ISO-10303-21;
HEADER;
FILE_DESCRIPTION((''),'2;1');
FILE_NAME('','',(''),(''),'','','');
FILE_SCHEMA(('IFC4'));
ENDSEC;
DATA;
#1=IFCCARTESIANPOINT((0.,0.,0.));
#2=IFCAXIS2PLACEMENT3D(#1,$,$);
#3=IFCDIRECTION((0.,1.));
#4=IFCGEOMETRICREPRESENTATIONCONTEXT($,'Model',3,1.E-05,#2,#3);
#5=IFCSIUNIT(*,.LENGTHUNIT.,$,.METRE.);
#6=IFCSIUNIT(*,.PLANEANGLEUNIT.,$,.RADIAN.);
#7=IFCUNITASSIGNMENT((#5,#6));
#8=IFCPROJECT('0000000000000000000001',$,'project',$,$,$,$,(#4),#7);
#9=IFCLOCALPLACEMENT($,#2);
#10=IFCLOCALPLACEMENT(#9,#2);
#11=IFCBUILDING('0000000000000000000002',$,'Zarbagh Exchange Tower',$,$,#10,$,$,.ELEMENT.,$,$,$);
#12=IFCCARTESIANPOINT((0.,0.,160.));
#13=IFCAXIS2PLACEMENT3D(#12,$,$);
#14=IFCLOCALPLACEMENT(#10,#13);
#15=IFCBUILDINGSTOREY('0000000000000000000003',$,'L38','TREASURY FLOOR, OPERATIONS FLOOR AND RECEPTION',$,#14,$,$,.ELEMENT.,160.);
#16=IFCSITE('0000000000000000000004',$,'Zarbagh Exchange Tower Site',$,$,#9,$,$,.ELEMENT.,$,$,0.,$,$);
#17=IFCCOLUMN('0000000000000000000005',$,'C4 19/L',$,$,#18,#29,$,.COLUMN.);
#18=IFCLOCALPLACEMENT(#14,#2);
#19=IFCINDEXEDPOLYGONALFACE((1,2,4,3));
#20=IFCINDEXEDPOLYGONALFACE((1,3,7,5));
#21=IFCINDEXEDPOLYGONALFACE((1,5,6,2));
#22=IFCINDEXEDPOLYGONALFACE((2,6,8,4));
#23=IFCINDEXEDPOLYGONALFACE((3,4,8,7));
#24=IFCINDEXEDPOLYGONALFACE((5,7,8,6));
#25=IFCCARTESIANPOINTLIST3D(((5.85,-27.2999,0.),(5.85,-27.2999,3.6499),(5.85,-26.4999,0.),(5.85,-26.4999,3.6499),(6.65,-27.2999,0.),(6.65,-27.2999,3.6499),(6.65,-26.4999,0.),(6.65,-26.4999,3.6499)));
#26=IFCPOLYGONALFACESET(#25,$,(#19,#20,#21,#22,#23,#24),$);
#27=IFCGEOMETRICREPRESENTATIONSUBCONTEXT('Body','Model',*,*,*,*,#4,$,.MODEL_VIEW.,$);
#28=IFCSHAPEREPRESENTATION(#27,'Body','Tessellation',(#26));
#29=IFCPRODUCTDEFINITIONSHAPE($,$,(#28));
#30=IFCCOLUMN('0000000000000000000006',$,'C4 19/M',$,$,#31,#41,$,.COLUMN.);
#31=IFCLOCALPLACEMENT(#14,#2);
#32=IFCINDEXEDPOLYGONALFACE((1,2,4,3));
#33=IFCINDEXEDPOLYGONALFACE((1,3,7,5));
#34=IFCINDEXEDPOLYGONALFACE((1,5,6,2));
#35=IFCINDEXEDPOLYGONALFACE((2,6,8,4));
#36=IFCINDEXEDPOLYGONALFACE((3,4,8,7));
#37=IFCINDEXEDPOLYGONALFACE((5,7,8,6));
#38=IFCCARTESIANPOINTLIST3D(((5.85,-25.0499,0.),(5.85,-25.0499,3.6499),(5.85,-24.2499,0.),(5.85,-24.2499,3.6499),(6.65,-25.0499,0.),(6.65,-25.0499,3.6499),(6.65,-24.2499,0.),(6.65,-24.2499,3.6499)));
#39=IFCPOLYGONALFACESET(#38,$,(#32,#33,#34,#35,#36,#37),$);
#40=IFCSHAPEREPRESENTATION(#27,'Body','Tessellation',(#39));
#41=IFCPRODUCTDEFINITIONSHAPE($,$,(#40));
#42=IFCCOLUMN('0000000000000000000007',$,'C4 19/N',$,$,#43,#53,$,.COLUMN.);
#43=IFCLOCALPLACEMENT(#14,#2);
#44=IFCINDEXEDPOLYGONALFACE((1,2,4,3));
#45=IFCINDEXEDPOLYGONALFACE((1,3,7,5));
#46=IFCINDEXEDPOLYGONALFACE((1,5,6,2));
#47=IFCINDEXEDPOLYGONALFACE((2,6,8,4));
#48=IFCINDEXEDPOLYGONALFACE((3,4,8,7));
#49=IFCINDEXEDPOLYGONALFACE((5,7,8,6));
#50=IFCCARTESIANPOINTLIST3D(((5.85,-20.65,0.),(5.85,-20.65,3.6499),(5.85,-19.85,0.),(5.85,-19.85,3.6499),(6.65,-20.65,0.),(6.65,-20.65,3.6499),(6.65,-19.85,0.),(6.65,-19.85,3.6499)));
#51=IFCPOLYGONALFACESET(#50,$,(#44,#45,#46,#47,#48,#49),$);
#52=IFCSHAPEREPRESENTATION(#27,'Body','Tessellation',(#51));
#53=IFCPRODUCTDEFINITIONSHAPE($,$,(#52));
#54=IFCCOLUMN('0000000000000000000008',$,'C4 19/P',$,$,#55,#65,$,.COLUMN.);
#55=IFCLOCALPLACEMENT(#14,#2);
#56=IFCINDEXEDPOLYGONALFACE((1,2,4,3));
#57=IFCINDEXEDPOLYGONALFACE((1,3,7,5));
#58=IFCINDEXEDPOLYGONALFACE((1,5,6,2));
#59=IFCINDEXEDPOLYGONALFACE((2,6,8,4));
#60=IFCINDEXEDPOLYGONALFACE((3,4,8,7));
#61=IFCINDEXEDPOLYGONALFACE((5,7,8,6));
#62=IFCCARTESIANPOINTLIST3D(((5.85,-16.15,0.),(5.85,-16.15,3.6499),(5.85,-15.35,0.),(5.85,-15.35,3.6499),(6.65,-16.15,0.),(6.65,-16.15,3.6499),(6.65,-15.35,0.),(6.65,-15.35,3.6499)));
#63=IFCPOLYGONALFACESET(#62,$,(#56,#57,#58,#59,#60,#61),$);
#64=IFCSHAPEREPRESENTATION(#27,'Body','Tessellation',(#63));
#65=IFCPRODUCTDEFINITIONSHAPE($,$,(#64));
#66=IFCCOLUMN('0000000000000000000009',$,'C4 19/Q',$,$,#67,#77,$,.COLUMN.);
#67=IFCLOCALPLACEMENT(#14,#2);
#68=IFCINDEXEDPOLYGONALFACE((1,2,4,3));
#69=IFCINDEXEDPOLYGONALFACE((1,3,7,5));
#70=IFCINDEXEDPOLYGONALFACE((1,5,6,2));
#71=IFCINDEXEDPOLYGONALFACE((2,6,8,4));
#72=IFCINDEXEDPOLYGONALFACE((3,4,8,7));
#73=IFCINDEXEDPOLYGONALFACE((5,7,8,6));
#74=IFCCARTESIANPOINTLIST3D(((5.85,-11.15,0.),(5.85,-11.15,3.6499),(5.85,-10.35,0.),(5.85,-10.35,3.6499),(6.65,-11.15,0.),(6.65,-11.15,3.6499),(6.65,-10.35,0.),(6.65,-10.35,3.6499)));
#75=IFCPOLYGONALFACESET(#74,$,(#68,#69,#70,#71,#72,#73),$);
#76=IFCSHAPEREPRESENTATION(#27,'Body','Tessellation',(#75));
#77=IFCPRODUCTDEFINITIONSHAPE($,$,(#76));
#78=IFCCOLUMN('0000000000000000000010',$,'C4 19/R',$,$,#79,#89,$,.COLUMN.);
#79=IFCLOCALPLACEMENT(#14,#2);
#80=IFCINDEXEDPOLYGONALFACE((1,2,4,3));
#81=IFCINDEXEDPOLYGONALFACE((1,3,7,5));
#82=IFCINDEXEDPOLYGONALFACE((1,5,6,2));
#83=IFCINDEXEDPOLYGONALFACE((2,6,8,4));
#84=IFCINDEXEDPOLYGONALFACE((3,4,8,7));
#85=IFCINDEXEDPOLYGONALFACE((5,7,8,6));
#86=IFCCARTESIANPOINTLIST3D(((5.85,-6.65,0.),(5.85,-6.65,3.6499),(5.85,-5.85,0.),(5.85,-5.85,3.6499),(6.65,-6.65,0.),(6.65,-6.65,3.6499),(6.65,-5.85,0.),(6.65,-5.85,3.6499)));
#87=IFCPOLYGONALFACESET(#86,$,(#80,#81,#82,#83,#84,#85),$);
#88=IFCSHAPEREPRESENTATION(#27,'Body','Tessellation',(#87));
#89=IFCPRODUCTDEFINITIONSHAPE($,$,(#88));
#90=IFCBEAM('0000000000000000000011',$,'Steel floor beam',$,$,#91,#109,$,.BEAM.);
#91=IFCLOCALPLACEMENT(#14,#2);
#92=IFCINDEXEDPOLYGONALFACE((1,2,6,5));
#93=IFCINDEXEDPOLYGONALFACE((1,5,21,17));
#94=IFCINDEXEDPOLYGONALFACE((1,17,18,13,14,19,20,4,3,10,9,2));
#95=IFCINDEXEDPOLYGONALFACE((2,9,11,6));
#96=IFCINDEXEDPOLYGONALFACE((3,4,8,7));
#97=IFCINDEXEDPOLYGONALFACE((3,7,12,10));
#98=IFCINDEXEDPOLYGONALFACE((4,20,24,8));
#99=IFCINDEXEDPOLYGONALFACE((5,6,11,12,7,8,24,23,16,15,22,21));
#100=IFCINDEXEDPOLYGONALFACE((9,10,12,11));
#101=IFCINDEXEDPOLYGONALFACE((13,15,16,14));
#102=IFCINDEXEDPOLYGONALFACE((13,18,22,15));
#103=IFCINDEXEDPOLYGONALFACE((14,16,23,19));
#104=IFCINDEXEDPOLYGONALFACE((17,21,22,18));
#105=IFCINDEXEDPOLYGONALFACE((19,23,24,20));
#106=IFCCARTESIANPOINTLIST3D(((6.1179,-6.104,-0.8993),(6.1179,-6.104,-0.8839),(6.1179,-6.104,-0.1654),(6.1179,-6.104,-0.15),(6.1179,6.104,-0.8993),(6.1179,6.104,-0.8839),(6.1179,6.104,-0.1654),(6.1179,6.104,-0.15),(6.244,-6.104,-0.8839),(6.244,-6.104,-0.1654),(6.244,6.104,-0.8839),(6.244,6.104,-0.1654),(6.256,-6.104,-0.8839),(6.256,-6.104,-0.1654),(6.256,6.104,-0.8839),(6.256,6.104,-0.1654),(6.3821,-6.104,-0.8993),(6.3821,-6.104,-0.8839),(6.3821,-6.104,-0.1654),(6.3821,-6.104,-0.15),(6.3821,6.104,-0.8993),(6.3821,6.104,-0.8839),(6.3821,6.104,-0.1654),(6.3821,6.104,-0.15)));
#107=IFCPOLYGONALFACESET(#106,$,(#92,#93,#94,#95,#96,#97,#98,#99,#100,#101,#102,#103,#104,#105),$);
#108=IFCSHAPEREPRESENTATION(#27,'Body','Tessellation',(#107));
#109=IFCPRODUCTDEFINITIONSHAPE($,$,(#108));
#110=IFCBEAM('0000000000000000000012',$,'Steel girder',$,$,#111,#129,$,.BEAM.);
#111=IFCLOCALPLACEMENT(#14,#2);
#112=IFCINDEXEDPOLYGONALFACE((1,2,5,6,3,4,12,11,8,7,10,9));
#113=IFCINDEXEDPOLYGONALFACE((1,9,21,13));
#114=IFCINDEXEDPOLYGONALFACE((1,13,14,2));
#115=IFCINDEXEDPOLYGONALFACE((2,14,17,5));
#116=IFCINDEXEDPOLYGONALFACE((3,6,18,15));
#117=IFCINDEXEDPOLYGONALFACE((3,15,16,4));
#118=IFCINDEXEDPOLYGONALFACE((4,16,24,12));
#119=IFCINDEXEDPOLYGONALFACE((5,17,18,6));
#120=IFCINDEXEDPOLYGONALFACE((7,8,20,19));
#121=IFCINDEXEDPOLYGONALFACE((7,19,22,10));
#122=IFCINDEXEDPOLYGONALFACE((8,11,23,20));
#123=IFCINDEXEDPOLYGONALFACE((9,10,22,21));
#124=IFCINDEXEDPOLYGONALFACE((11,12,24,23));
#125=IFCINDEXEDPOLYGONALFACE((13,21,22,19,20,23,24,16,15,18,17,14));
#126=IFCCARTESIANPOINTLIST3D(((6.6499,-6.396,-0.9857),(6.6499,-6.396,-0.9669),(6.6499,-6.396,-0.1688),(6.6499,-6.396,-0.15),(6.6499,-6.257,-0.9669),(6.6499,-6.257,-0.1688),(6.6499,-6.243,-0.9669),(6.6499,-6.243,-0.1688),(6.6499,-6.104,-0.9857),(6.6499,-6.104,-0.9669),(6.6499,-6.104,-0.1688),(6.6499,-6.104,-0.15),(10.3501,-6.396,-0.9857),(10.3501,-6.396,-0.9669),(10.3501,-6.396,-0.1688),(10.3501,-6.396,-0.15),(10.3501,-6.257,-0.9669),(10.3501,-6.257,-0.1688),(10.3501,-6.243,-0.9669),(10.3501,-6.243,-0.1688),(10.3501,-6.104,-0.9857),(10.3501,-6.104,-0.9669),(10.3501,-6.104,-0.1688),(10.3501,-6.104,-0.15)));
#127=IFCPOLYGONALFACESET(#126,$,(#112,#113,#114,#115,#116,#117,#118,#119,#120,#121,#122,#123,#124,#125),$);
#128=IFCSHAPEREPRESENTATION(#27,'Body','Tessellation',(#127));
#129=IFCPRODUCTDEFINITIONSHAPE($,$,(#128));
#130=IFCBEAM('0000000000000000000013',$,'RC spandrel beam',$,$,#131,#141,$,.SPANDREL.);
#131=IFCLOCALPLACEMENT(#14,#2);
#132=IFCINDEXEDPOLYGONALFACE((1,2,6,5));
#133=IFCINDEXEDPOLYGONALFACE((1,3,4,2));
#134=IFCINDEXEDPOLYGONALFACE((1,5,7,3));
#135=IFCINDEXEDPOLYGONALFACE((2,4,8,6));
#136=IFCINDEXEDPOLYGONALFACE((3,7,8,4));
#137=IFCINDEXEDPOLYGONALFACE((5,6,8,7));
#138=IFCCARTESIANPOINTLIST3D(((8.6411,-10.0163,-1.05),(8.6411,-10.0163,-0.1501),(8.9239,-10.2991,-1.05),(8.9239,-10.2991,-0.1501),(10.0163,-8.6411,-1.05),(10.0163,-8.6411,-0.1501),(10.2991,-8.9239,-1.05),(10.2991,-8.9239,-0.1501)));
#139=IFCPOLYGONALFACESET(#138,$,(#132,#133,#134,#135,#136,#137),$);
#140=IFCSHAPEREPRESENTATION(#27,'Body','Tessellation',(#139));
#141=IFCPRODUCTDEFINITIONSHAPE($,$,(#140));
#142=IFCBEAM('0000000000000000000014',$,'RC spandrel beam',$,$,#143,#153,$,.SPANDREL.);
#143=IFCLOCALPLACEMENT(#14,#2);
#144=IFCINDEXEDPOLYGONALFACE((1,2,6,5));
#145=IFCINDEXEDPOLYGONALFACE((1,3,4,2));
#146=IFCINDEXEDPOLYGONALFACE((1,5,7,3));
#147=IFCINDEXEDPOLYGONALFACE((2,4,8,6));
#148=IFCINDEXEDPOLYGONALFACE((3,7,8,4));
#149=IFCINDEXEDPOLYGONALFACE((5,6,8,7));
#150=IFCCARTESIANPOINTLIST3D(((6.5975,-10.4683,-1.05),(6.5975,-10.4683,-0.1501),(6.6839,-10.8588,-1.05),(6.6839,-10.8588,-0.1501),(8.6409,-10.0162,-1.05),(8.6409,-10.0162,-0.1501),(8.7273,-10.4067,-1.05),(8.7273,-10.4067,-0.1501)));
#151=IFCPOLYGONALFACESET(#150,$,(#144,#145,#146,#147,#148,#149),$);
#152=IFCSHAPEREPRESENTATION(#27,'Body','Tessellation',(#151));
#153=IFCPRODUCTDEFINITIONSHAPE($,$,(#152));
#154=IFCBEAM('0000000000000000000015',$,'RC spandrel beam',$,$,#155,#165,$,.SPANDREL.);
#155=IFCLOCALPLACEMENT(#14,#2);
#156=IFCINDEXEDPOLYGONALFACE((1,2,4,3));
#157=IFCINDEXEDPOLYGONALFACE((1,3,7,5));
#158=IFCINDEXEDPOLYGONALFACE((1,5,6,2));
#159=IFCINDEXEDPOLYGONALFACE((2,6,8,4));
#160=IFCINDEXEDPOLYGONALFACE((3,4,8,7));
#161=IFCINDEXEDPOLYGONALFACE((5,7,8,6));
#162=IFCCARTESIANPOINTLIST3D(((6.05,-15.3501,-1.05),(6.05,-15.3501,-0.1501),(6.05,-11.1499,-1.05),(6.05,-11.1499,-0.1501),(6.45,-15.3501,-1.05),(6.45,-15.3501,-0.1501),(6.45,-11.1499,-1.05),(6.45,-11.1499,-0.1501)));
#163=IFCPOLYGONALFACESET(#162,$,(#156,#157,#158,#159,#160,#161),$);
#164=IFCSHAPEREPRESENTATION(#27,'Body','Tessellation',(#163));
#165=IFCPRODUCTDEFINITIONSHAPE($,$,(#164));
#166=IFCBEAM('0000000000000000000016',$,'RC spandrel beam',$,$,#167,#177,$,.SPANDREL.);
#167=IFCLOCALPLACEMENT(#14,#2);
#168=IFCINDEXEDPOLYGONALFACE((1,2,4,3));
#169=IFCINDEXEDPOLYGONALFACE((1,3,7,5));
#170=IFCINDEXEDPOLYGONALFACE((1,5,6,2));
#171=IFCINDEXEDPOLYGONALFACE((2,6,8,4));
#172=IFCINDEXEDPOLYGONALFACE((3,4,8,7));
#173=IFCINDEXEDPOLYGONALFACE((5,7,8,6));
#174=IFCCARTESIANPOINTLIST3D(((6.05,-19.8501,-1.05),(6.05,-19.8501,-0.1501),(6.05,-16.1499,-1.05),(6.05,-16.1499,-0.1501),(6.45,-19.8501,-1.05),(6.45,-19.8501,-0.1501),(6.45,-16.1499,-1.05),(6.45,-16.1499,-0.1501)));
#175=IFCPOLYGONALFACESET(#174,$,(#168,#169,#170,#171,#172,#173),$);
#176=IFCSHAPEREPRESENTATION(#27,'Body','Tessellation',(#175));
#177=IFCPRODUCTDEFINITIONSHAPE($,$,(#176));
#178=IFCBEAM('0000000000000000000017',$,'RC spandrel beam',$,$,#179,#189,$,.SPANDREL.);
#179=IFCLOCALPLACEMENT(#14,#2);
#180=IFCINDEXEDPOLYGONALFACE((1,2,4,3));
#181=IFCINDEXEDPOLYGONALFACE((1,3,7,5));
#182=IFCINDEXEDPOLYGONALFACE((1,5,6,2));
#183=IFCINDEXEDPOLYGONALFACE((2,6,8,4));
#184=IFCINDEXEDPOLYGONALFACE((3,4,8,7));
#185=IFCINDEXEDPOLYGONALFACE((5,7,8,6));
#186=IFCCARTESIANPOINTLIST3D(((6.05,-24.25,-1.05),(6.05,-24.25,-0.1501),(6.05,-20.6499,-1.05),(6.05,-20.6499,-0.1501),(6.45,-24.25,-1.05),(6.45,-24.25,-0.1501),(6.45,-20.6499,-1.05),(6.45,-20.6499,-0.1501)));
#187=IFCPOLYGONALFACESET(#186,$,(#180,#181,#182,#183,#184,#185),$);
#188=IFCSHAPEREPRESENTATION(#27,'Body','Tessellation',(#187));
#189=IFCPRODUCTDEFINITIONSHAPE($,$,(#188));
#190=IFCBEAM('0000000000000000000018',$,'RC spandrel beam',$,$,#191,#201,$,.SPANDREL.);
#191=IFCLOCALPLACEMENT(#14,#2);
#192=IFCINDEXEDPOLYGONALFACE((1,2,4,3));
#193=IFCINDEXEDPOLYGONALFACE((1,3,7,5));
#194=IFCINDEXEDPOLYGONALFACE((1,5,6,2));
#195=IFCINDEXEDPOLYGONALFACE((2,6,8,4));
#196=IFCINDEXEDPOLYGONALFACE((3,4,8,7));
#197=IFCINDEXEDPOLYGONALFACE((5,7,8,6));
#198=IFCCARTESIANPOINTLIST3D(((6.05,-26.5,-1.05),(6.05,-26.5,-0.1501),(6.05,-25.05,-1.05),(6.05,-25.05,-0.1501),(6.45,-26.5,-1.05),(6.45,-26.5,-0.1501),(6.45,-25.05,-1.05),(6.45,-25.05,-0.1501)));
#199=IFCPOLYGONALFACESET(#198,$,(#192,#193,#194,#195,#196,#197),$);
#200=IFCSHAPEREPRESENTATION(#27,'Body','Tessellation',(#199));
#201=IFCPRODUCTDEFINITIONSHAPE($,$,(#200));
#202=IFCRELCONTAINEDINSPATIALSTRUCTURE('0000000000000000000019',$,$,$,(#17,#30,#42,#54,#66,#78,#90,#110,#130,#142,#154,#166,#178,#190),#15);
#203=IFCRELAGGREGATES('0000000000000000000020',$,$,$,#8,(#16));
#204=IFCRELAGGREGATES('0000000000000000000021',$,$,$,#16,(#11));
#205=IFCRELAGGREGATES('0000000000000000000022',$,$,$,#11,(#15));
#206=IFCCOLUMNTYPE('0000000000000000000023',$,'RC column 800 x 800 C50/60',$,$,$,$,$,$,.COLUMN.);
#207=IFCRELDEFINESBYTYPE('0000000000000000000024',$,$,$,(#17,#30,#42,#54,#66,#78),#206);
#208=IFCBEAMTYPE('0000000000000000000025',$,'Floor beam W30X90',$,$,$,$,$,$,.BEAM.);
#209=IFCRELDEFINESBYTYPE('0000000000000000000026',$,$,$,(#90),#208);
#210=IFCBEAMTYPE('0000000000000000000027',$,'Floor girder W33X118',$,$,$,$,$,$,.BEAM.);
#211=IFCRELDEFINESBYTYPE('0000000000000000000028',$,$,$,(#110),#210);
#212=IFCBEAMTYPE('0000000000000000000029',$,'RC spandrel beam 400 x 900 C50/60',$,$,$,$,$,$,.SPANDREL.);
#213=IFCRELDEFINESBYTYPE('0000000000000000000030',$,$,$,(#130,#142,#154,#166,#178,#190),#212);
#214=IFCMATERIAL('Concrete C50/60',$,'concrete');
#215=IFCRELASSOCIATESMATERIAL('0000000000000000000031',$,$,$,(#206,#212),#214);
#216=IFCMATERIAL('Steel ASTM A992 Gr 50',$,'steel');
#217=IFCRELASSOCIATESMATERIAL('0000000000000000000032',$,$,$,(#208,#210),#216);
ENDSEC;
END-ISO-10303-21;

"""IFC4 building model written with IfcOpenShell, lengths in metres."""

from ifc_helpers import new_model, si_unit, direction, frame, origin, origin_2d, place, context, subcontext, project, spatial, rectangle, i_section, extrude, material, material_profile, profile_set, type_object, element, save


model = new_model("IFC4")

# Units and contexts
model_context = context("Model", 3, precision=1e-05, world=origin(), true_north=direction((0.0, 1.0)))
body_context = subcontext(model_context, "Body", "Model", "MODEL_VIEW")
ifc_project = project(units=[si_unit("LENGTHUNIT", "METRE"), si_unit("PLANEANGLEUNIT", "RADIAN")], contexts=[model_context])

# Site, building, storey
site_placement = place(None, origin())
site = spatial("IfcSite", under=ifc_project, at=site_placement, Name="Zarbagh Exchange Tower Site", CompositionType="ELEMENT", RefElevation=0.0)
building_placement = place(site_placement, origin())
building = spatial("IfcBuilding", under=site, at=building_placement, Name="Zarbagh Exchange Tower", CompositionType="ELEMENT")
storey_placement = place(building_placement, frame((0.0, 0.0, 160.0)))
storey = spatial("IfcBuildingStorey", under=building, at=storey_placement, Name="L38", Description="TREASURY FLOOR, OPERATIONS FLOOR AND RECEPTION", CompositionType="ELEMENT", Elevation=160.0)

# Columns
ifc_material_1 = material(Name="Concrete C50/60", Category="concrete")
ifc_material_profile_1 = material_profile(ifc_material_1, rectangle(XDim=0.8, YDim=0.8, at=origin_2d()), Name="RC column 800 x 800 C50/60")
ifc_profile_set_1 = profile_set([ifc_material_profile_1], Name="Concrete C50/60")
column_type = type_object("IfcColumnType", Name="RC column 800 x 800 C50/60", PredefinedType="COLUMN", material=ifc_profile_set_1)
for number, where, z_axis, x_axis, name in (
    (1, (6.25, -26.8999, 0.0), (0.0, 0.0, 1.0), (1.0, 0.0, 0.0), "C4 19/L"),
    (2, (6.25, -24.6499, 0.0), (0.0, 0.0, 1.0), (1.0, 0.0, 0.0), "C4 19/M"),
    (3, (6.25, -20.25, 0.0), (0.0, 0.0, 1.0), (1.0, 0.0, 0.0), "C4 19/N"),
    (4, (6.25, -15.75, 0.0), (0.0, 0.0, 1.0), (1.0, 0.0, 0.0), "C4 19/P"),
    (5, (6.25, -10.75, 0.0), (0.0, 0.0, 1.0), (1.0, 0.0, 0.0), "C4 19/Q"),
    (6, (6.25, -6.25, 0.0), (0.0, 0.0, 1.0), (1.0, 0.0, 0.0), "C4 19/R"),
):
    element("IfcColumn", number, at=place(storey_placement, frame(where, z_axis=z_axis, x_axis=x_axis)), inside=storey, type_object=column_type, Name=name, PredefinedType="COLUMN", context=body_context, shape_type="SweptSolid", body=[
        extrude(rectangle(XDim=0.8, YDim=0.8, at=origin_2d()), origin(), (0.0, 0.0, 1.0), 3.6499),
    ])

# Beams
ifc_material_2 = material(Name="Steel ASTM A992 Gr 50", Category="steel")
ifc_material_profile_2 = material_profile(ifc_material_2, i_section(OverallWidth=0.2642, OverallDepth=0.7493, WebThickness=0.012, FlangeThickness=0.0154, at=origin_2d()), Name="W30X90")
ifc_profile_set_2 = profile_set([ifc_material_profile_2], Name="Steel ASTM A992 Gr 50")
beam_type_1 = type_object("IfcBeamType", Name="Floor beam W30X90", PredefinedType="BEAM", material=ifc_profile_set_2)
beam_1_placement = place(storey_placement, frame((6.25, -6.104, -0.5247), z_axis=(0.0, 1.0, 0.0), x_axis=(-1.0, 0.0, 0.0)))
element("IfcBeam", 7, at=beam_1_placement, inside=storey, type_object=beam_type_1, Name="Steel floor beam", PredefinedType="BEAM", context=body_context, shape_type="SweptSolid", body=[
    extrude(i_section(OverallWidth=0.2642, OverallDepth=0.7493, WebThickness=0.012, FlangeThickness=0.0154, at=origin_2d()), origin(), (0.0, 0.0, 1.0), 12.208),
])
ifc_material_profile_3 = material_profile(ifc_material_2, i_section(OverallWidth=0.292, OverallDepth=0.8357, WebThickness=0.0139, FlangeThickness=0.0188, at=origin_2d()), Name="W33X118")
ifc_profile_set_3 = profile_set([ifc_material_profile_3], Name="Steel ASTM A992 Gr 50")
beam_type_2 = type_object("IfcBeamType", Name="Floor girder W33X118", PredefinedType="BEAM", material=ifc_profile_set_3)
beam_2_placement = place(storey_placement, frame((6.6499, -6.25, -0.5679), z_axis=(1.0, 0.0, 0.0), x_axis=(0.0, 1.0, 0.0)))
element("IfcBeam", 8, at=beam_2_placement, inside=storey, type_object=beam_type_2, Name="Steel girder", PredefinedType="BEAM", context=body_context, shape_type="SweptSolid", body=[
    extrude(i_section(OverallWidth=0.292, OverallDepth=0.8357, WebThickness=0.0139, FlangeThickness=0.0188, at=origin_2d()), origin(), (0.0, 0.0, 1.0), 3.7002),
])
ifc_material_profile_4 = material_profile(ifc_material_1, rectangle(XDim=0.3999, YDim=0.8999, at=origin_2d()), Name="RC spandrel beam 400 x 900 C50/60")
ifc_profile_set_4 = profile_set([ifc_material_profile_4], Name="Concrete C50/60")
beam_type_3 = type_object("IfcBeamType", Name="RC spandrel beam 400 x 900 C50/60", PredefinedType="SPANDREL", material=ifc_profile_set_4)
beam_3_placement = place(storey_placement, frame((10.1577, -8.7825, -0.6001), z_axis=(-0.707107, -0.707107, 0.0), x_axis=(0.707107, -0.707107, 0.0)))
element("IfcBeam", 9, at=beam_3_placement, inside=storey, type_object=beam_type_3, Name="RC spandrel beam", PredefinedType="SPANDREL", context=body_context, shape_type="SweptSolid", body=[
    extrude(rectangle(XDim=0.3999, YDim=0.8999, at=origin_2d()), origin(), (0.0, 0.0, 1.0), 1.9448),
])
beam_4_placement = place(storey_placement, frame((8.6841, -10.2114, -0.6001), z_axis=(-0.976384, -0.216041, 0.0), x_axis=(0.216041, -0.976384, 0.0)))
element("IfcBeam", 10, at=beam_4_placement, inside=storey, type_object=beam_type_3, Name="RC spandrel beam", PredefinedType="SPANDREL", context=body_context, shape_type="SweptSolid", body=[
    extrude(rectangle(XDim=0.3999, YDim=0.8999, at=origin_2d()), origin(), (0.0, 0.0, 1.0), 2.0928),
])
beam_5_placement = place(storey_placement, frame((6.25, -11.1499, -0.6001), z_axis=(0.0, -1.0, 0.0), x_axis=(1.0, 0.0, 0.0)))
element("IfcBeam", 11, at=beam_5_placement, inside=storey, type_object=beam_type_3, Name="RC spandrel beam", PredefinedType="SPANDREL", context=body_context, shape_type="SweptSolid", body=[
    extrude(rectangle(XDim=0.3999, YDim=0.8999, at=origin_2d()), origin(), (0.0, 0.0, 1.0), 4.2002),
])
beam_6_placement = place(storey_placement, frame((6.25, -16.1499, -0.6001), z_axis=(0.0, -1.0, 0.0), x_axis=(1.0, 0.0, 0.0)))
element("IfcBeam", 12, at=beam_6_placement, inside=storey, type_object=beam_type_3, Name="RC spandrel beam", PredefinedType="SPANDREL", context=body_context, shape_type="SweptSolid", body=[
    extrude(rectangle(XDim=0.3999, YDim=0.8999, at=origin_2d()), origin(), (0.0, 0.0, 1.0), 3.7002),
])
beam_7_placement = place(storey_placement, frame((6.25, -20.6499, -0.6001), z_axis=(0.0, -1.0, 0.0), x_axis=(1.0, 0.0, 0.0)))
element("IfcBeam", 13, at=beam_7_placement, inside=storey, type_object=beam_type_3, Name="RC spandrel beam", PredefinedType="SPANDREL", context=body_context, shape_type="SweptSolid", body=[
    extrude(rectangle(XDim=0.3999, YDim=0.8999, at=origin_2d()), origin(), (0.0, 0.0, 1.0), 3.6001),
])
beam_8_placement = place(storey_placement, frame((6.25, -25.05, -0.6001), z_axis=(0.0, -1.0, 0.0), x_axis=(1.0, 0.0, 0.0)))
element("IfcBeam", 14, at=beam_8_placement, inside=storey, type_object=beam_type_3, Name="RC spandrel beam", PredefinedType="SPANDREL", context=body_context, shape_type="SweptSolid", body=[
    extrude(rectangle(XDim=0.3999, YDim=0.8999, at=origin_2d()), origin(), (0.0, 0.0, 1.0), 1.45),
])

save(model, "model.ifc")
